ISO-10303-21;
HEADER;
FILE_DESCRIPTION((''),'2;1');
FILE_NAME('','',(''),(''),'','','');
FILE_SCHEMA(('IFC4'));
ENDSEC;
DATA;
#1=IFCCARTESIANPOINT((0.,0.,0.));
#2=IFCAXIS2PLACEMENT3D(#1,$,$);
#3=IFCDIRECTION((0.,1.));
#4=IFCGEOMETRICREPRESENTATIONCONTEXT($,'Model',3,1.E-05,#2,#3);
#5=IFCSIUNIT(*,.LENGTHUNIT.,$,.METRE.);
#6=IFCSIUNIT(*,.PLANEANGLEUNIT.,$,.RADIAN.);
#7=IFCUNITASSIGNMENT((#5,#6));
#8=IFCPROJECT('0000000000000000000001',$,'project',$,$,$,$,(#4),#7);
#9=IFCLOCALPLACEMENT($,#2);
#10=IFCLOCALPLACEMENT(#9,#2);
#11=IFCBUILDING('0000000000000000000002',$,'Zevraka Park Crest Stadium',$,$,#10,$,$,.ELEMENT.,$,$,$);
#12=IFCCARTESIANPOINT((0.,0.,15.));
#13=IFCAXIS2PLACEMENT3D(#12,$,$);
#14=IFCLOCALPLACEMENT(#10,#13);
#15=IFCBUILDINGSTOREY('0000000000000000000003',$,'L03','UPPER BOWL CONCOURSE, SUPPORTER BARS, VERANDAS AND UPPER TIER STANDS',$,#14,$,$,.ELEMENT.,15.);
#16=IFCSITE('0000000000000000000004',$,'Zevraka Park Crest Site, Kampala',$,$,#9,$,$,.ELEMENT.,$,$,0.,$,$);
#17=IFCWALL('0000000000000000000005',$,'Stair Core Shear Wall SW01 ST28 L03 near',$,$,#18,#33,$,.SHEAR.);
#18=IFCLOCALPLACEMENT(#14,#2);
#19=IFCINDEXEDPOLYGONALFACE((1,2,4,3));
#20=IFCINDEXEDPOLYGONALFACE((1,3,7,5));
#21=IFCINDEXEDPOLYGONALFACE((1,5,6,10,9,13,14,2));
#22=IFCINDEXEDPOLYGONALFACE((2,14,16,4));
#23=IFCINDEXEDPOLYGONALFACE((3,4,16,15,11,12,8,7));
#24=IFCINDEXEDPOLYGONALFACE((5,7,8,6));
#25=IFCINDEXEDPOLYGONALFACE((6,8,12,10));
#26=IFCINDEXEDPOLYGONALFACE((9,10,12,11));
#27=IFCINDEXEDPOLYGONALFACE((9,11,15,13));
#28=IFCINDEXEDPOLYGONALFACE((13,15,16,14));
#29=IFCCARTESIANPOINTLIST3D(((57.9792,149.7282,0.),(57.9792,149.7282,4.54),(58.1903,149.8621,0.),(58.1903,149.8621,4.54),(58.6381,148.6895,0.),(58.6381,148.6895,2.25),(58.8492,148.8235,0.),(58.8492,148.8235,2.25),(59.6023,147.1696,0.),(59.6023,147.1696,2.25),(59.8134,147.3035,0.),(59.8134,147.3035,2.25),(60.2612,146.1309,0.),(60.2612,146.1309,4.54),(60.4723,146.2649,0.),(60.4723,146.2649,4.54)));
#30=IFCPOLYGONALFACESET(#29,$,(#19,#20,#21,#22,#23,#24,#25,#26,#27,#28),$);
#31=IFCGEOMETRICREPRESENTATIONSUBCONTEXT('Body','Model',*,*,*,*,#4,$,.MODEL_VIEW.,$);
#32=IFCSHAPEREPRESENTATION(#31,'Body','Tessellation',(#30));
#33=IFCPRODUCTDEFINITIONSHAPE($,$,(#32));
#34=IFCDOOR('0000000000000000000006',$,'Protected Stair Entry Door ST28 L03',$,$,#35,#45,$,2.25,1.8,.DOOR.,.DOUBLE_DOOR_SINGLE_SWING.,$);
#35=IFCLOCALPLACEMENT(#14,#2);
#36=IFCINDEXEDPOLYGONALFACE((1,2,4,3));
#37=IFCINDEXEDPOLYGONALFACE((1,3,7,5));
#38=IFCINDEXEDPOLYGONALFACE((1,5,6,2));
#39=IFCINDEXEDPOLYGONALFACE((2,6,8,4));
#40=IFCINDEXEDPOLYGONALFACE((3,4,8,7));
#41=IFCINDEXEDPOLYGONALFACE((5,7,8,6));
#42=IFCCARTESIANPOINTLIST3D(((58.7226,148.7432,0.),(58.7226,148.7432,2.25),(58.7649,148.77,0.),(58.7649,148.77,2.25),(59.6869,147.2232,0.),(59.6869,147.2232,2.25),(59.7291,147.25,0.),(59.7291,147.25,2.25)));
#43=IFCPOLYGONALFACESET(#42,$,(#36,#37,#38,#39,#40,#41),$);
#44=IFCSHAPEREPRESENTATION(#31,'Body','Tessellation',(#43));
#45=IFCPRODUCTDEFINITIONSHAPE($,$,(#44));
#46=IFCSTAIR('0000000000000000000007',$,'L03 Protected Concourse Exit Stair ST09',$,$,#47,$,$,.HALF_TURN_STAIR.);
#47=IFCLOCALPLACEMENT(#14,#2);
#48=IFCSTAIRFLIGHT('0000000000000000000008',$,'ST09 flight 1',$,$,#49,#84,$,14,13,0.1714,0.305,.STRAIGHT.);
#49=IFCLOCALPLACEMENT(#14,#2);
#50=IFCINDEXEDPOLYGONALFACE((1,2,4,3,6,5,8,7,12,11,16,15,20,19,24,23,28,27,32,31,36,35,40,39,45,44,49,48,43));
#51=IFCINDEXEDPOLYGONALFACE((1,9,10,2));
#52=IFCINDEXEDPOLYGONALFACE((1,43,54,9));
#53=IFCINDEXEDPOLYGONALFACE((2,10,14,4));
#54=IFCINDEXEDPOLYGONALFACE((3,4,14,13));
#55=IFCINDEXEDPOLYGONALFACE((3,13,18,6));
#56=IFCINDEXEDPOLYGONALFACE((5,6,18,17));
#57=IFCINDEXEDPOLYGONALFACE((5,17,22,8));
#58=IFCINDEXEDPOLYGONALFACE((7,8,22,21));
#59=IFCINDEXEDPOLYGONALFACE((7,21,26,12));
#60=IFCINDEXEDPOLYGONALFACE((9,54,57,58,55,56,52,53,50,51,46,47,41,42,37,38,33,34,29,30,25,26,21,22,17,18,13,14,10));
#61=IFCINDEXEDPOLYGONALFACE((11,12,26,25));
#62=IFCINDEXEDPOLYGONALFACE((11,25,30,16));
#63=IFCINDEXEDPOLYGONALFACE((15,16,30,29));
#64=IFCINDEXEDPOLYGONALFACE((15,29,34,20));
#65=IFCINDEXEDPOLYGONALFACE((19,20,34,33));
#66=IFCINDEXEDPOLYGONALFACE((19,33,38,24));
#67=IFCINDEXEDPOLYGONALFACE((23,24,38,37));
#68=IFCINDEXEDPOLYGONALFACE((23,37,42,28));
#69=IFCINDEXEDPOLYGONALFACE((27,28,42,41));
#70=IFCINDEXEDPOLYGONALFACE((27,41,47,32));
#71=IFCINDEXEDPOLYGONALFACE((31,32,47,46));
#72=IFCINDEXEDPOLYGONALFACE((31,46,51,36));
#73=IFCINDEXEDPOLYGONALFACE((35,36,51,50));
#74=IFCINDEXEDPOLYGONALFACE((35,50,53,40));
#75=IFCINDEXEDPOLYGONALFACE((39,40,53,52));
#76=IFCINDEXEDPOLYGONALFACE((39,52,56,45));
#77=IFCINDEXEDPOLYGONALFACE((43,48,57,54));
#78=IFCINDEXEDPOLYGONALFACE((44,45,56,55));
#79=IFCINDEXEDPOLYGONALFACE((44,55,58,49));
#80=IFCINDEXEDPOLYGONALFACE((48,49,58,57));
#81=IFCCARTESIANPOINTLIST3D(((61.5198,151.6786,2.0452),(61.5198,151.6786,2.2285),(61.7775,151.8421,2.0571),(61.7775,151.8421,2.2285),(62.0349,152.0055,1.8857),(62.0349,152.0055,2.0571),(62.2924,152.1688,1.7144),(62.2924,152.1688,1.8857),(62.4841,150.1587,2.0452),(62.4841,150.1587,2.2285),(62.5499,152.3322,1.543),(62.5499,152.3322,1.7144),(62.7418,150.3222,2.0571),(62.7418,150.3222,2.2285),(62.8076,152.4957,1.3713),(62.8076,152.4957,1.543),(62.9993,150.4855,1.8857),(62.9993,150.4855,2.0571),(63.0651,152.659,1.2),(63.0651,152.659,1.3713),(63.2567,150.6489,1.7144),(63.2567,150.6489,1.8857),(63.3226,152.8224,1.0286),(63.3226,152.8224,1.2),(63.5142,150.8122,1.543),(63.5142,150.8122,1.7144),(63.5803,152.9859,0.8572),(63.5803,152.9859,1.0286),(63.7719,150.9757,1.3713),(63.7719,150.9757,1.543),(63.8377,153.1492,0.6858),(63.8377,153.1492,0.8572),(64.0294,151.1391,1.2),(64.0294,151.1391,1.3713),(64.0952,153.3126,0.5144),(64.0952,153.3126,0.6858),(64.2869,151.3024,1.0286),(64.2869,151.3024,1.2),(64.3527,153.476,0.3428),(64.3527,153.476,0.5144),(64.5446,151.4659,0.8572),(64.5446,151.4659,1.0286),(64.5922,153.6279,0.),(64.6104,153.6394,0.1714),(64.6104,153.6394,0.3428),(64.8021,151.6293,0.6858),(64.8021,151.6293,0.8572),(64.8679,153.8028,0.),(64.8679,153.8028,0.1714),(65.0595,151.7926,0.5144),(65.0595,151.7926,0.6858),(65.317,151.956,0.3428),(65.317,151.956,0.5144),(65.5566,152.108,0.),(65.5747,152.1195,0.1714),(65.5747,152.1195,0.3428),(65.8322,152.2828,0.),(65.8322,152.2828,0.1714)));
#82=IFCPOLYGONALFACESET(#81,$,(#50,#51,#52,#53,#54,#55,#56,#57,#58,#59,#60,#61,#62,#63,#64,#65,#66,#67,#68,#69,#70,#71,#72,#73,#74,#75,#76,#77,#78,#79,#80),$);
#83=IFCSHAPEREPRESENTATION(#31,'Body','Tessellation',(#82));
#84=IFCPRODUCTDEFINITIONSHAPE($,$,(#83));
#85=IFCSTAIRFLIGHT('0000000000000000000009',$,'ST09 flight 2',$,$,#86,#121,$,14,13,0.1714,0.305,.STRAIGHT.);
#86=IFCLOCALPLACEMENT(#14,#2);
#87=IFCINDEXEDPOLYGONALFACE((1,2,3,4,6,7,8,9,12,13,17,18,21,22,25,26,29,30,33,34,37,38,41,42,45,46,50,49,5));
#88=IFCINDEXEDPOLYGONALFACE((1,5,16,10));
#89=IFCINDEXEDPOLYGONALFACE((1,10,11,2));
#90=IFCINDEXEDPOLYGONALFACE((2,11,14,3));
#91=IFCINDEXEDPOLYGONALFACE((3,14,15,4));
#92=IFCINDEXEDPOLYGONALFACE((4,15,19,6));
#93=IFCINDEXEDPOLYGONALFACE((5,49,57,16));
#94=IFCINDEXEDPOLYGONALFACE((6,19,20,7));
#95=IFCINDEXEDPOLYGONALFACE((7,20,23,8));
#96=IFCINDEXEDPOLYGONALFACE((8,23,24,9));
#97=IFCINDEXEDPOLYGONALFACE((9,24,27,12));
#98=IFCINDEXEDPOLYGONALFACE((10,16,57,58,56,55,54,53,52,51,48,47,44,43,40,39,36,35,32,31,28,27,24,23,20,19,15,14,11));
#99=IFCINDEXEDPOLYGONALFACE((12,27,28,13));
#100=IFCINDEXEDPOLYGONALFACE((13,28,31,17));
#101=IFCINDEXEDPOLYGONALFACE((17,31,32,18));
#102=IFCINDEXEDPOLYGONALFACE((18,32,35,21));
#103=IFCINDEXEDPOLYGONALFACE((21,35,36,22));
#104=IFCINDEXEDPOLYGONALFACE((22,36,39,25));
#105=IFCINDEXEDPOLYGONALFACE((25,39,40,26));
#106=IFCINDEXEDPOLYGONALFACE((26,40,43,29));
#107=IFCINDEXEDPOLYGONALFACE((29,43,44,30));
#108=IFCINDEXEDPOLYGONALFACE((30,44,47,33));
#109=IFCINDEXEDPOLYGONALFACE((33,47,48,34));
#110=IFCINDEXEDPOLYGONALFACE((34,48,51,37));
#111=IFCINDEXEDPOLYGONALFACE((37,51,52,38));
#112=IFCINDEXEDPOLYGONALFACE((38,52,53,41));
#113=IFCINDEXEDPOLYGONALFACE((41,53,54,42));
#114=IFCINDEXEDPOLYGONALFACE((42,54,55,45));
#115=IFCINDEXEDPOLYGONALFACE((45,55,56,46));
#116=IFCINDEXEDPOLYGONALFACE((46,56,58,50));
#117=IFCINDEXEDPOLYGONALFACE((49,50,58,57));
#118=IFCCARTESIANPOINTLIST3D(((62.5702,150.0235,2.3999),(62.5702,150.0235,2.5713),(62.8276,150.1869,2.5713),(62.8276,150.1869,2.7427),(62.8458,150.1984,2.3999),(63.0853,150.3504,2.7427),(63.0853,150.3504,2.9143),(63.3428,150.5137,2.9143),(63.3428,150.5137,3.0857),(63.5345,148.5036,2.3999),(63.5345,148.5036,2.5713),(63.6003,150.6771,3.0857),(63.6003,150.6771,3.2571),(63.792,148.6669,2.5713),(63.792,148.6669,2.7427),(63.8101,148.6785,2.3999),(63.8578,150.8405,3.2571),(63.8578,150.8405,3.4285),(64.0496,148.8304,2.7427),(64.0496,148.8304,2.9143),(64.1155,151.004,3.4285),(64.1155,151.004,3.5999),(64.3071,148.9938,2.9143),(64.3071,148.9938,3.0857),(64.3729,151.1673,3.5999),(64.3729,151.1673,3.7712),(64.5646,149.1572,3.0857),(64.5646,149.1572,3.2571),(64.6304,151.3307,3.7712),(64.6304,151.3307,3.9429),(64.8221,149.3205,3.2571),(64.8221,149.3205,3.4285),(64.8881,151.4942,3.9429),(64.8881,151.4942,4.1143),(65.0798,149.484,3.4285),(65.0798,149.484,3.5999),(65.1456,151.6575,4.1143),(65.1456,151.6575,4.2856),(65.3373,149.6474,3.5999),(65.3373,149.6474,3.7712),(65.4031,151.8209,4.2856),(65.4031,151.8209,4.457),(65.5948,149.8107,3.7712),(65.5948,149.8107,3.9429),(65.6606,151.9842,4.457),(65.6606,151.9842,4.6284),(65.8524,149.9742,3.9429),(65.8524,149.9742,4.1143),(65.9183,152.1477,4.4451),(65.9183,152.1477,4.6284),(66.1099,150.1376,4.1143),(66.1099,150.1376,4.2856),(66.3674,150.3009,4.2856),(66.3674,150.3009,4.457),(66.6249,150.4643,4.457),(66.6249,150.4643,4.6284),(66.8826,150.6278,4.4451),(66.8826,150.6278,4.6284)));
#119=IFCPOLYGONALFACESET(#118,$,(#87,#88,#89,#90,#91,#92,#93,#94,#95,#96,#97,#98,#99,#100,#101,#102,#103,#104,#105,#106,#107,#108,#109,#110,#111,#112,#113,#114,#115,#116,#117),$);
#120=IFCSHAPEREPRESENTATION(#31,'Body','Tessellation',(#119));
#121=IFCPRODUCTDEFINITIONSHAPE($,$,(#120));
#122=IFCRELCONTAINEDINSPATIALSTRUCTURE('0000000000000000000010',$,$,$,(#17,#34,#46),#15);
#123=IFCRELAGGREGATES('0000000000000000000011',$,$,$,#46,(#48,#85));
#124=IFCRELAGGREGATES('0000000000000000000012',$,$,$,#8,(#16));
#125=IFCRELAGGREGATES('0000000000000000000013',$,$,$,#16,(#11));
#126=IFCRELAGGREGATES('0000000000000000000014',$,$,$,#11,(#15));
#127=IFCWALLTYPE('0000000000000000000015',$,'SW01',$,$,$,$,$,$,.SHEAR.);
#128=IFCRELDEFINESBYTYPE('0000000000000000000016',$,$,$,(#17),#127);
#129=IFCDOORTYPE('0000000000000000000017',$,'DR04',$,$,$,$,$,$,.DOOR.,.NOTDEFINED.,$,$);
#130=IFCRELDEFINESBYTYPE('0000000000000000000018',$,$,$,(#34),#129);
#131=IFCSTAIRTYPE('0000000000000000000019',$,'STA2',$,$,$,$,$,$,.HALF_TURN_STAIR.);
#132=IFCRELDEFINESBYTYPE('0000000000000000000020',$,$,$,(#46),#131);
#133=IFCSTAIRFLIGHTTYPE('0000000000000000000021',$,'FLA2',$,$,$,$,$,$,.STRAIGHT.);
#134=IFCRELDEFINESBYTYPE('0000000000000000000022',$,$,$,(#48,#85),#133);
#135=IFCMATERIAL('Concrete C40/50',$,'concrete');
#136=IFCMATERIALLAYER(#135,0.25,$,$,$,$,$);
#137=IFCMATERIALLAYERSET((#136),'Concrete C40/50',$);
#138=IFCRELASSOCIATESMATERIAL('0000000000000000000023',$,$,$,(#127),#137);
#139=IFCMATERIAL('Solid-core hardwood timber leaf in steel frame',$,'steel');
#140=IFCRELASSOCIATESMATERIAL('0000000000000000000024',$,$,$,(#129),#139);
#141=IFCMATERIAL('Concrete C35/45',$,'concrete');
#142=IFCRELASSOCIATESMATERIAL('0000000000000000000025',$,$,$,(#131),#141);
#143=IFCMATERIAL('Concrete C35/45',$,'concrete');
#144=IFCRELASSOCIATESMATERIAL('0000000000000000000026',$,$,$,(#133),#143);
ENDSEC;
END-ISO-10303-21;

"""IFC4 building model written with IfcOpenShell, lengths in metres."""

from ifc_helpers import new_model, si_unit, direction, frame, frame_2d, origin, place, context, subcontext, project, spatial, polyline, rectangle, outline, extrude, material, layer, layer_set, type_object, element, fill, aggregate, save


model = new_model("IFC4")

# Units and contexts
model_context = context("Model", 3, precision=1e-05, world=origin(), true_north=direction((0.0, 1.0)))
body_context = subcontext(model_context, "Body", "Model", "MODEL_VIEW")
ifc_project = project(units=[si_unit("LENGTHUNIT", "METRE"), si_unit("PLANEANGLEUNIT", "RADIAN")], contexts=[model_context])

# Site, building, storey
site_placement = place(None, origin())
site = spatial("IfcSite", under=ifc_project, at=site_placement, Name="Zevraka Park Crest Site, Kampala", CompositionType="ELEMENT", RefElevation=0.0)
building_placement = place(site_placement, origin())
building = spatial("IfcBuilding", under=site, at=building_placement, Name="Zevraka Park Crest Stadium", CompositionType="ELEMENT")
storey_placement = place(building_placement, frame((0.0, 0.0, 15.0)))
storey = spatial("IfcBuildingStorey", under=building, at=storey_placement, Name="L03", Description="UPPER BOWL CONCOURSE, SUPPORTER BARS, VERANDAS AND UPPER TIER STANDS", CompositionType="ELEMENT", Elevation=15.0)

# Shared definitions
ifc_material_1 = material(Name="Concrete C40/50", Category="concrete")
ifc_layer_1 = layer(ifc_material_1, 0.25)
ifc_layer_set_1 = layer_set([ifc_layer_1], Name="Concrete C40/50")
wall_type = type_object("IfcWallType", Name="SW01", PredefinedType="SHEAR", material=ifc_layer_set_1)

# Shared definitions
ifc_material_2 = material(Name="Solid-core hardwood timber leaf in steel frame", Category="steel")
door_type = type_object("IfcDoorType", Name="DR04", OperationType="NOTDEFINED", PredefinedType="DOOR", material=ifc_material_2)

# Wall, opening, door
wall_1_placement = place(storey_placement, frame((60.3667, 146.198, 0.0), z_axis=(0.0, 0.0, 1.0), x_axis=(-0.535685, 0.844418, 0.0)))
wall_1 = element("IfcWall", 1, at=wall_1_placement, inside=storey, type_object=wall_type, Name="Stair Core Shear Wall SW01 ST28 L03 near", PredefinedType="SHEAR", context=body_context, shape_type="SweptSolid", body=[
    extrude(rectangle(XDim=4.26, YDim=0.25, at=frame_2d((2.1299, 0.0))), origin(), (0.0, 0.0, 1.0), 4.54),
])
opening_1_placement = place(wall_1_placement, frame((1.23, 0.0, 0.0)))
opening_1 = element("IfcOpeningElement", 2, at=opening_1_placement, cuts=wall_1, PredefinedType="OPENING", context=body_context, shape_type="SweptSolid", body=[
    extrude(rectangle(XDim=1.8, YDim=2.25, at=frame_2d((0.8999, 1.125))), frame((0.0, 0.135, 0.0), z_axis=(0.0, -1.0, 0.0), x_axis=(1.0, 0.0, 0.0)), (0.0, 0.0, 1.0), 0.27),
])
door_1_placement = place(opening_1_placement, origin())
door_1 = element("IfcDoor", 3, at=door_1_placement, inside=storey, type_object=door_type, Name="Protected Stair Entry Door ST28 L03", OperationType="DOUBLE_DOOR_SINGLE_SWING", OverallHeight=2.25, OverallWidth=1.8, PredefinedType="DOOR", context=body_context, shape_type="SweptSolid", body=[
    extrude(rectangle(XDim=1.8, YDim=2.25, at=frame_2d((0.8999, 1.125))), frame((0.0, 0.0249, 0.0), z_axis=(0.0, -1.0, 0.0), x_axis=(1.0, 0.0, 0.0)), (0.0, 0.0, 1.0), 0.05),
])
fill(opening_1, door_1)

# Stair, stair flights
ifc_material_3 = material(Name="Concrete C35/45", Category="concrete")
stair_type = type_object("IfcStairType", Name="STA2", PredefinedType="HALF_TURN_STAIR", material=ifc_material_3)
stair_placement = place(storey_placement, origin())
stair = element("IfcStair", 4, at=stair_placement, inside=storey, type_object=stair_type, Name="L03 Protected Concourse Exit Stair ST09", PredefinedType="HALF_TURN_STAIR")
ifc_material_4 = material(Name="Concrete C35/45", Category="concrete")
stair_flight_type = type_object("IfcStairFlightType", Name="FLA2", PredefinedType="STRAIGHT", material=ifc_material_4)
stair_flight_1_placement = place(storey_placement, frame((65.3501, 153.0427, 0.0), z_axis=(0.0, 0.0, 1.0), x_axis=(-0.844397, -0.535718, 0.0)))
stair_flight_1 = element("IfcStairFlight", 5, at=stair_flight_1_placement, type_object=stair_flight_type, Name="ST09 flight 1", NumberOfRisers=14, NumberOfTreads=13, PredefinedType="STRAIGHT", RiserHeight=0.1714, TreadLength=0.305, context=body_context, shape_type="SweptSolid", body=[
    extrude(outline(polyline([(0.0, 0.0), (0.0, 0.1714), (0.3049, 0.1714), (0.3049, 0.3428), (0.6101, 0.3428), (0.6101, 0.5144), (0.915, 0.5144), (0.915, 0.6858), (1.22, 0.6858), (1.22, 0.8572), (1.5249, 0.8572), (1.5249, 1.0286), (1.8301, 1.0286), (1.8301, 1.2), (2.135, 1.2), (2.135, 1.3713), (2.4399, 1.3713), (2.4399, 1.543), (2.7451, 1.543), (2.7451, 1.7144), (3.05, 1.7144), (3.05, 1.8857), (3.355, 1.8857), (3.355, 2.0571), (3.6599, 2.0571), (3.6599, 2.2285), (3.9651, 2.2285), (3.9651, 2.3999), (3.9651, 2.0452), (0.3264, 0.0), (0.0, 0.0)])), frame((0.0, 0.8999, 0.0), z_axis=(0.0, -1.0, 0.0), x_axis=(1.0, 0.0, 0.0)), (0.0, 0.0, 1.0), 1.8),
])
stair_flight_2_placement = place(storey_placement, frame((63.0522, 149.2637, 2.3999), z_axis=(0.0, 0.0, 1.0), x_axis=(0.844397, 0.535718, 0.0)))
stair_flight_2 = element("IfcStairFlight", 6, at=stair_flight_2_placement, type_object=stair_flight_type, Name="ST09 flight 2", NumberOfRisers=14, NumberOfTreads=13, PredefinedType="STRAIGHT", RiserHeight=0.1714, TreadLength=0.305, context=body_context, shape_type="SweptSolid", body=[
    extrude(outline(polyline([(0.0, 0.0), (0.0, 0.1714), (0.3049, 0.1714), (0.3049, 0.3428), (0.6101, 0.3428), (0.6101, 0.5144), (0.915, 0.5144), (0.915, 0.6858), (1.22, 0.6858), (1.22, 0.8572), (1.5249, 0.8572), (1.5249, 1.0286), (1.8301, 1.0286), (1.8301, 1.2), (2.135, 1.2), (2.135, 1.3713), (2.4399, 1.3713), (2.4399, 1.543), (2.7451, 1.543), (2.7451, 1.7144), (3.05, 1.7144), (3.05, 1.8857), (3.355, 1.8857), (3.355, 2.0571), (3.6599, 2.0571), (3.6599, 2.2285), (3.9651, 2.2285), (3.9651, 2.3999), (3.9651, 2.0452), (0.3264, 0.0), (0.0, 0.0)])), frame((0.0, 0.8999, 0.0), z_axis=(0.0, -1.0, 0.0), x_axis=(1.0, 0.0, 0.0)), (0.0, 0.0, 1.0), 1.8),
])
aggregate(stair, [stair_flight_1, stair_flight_2])

save(model, "model.ifc")
